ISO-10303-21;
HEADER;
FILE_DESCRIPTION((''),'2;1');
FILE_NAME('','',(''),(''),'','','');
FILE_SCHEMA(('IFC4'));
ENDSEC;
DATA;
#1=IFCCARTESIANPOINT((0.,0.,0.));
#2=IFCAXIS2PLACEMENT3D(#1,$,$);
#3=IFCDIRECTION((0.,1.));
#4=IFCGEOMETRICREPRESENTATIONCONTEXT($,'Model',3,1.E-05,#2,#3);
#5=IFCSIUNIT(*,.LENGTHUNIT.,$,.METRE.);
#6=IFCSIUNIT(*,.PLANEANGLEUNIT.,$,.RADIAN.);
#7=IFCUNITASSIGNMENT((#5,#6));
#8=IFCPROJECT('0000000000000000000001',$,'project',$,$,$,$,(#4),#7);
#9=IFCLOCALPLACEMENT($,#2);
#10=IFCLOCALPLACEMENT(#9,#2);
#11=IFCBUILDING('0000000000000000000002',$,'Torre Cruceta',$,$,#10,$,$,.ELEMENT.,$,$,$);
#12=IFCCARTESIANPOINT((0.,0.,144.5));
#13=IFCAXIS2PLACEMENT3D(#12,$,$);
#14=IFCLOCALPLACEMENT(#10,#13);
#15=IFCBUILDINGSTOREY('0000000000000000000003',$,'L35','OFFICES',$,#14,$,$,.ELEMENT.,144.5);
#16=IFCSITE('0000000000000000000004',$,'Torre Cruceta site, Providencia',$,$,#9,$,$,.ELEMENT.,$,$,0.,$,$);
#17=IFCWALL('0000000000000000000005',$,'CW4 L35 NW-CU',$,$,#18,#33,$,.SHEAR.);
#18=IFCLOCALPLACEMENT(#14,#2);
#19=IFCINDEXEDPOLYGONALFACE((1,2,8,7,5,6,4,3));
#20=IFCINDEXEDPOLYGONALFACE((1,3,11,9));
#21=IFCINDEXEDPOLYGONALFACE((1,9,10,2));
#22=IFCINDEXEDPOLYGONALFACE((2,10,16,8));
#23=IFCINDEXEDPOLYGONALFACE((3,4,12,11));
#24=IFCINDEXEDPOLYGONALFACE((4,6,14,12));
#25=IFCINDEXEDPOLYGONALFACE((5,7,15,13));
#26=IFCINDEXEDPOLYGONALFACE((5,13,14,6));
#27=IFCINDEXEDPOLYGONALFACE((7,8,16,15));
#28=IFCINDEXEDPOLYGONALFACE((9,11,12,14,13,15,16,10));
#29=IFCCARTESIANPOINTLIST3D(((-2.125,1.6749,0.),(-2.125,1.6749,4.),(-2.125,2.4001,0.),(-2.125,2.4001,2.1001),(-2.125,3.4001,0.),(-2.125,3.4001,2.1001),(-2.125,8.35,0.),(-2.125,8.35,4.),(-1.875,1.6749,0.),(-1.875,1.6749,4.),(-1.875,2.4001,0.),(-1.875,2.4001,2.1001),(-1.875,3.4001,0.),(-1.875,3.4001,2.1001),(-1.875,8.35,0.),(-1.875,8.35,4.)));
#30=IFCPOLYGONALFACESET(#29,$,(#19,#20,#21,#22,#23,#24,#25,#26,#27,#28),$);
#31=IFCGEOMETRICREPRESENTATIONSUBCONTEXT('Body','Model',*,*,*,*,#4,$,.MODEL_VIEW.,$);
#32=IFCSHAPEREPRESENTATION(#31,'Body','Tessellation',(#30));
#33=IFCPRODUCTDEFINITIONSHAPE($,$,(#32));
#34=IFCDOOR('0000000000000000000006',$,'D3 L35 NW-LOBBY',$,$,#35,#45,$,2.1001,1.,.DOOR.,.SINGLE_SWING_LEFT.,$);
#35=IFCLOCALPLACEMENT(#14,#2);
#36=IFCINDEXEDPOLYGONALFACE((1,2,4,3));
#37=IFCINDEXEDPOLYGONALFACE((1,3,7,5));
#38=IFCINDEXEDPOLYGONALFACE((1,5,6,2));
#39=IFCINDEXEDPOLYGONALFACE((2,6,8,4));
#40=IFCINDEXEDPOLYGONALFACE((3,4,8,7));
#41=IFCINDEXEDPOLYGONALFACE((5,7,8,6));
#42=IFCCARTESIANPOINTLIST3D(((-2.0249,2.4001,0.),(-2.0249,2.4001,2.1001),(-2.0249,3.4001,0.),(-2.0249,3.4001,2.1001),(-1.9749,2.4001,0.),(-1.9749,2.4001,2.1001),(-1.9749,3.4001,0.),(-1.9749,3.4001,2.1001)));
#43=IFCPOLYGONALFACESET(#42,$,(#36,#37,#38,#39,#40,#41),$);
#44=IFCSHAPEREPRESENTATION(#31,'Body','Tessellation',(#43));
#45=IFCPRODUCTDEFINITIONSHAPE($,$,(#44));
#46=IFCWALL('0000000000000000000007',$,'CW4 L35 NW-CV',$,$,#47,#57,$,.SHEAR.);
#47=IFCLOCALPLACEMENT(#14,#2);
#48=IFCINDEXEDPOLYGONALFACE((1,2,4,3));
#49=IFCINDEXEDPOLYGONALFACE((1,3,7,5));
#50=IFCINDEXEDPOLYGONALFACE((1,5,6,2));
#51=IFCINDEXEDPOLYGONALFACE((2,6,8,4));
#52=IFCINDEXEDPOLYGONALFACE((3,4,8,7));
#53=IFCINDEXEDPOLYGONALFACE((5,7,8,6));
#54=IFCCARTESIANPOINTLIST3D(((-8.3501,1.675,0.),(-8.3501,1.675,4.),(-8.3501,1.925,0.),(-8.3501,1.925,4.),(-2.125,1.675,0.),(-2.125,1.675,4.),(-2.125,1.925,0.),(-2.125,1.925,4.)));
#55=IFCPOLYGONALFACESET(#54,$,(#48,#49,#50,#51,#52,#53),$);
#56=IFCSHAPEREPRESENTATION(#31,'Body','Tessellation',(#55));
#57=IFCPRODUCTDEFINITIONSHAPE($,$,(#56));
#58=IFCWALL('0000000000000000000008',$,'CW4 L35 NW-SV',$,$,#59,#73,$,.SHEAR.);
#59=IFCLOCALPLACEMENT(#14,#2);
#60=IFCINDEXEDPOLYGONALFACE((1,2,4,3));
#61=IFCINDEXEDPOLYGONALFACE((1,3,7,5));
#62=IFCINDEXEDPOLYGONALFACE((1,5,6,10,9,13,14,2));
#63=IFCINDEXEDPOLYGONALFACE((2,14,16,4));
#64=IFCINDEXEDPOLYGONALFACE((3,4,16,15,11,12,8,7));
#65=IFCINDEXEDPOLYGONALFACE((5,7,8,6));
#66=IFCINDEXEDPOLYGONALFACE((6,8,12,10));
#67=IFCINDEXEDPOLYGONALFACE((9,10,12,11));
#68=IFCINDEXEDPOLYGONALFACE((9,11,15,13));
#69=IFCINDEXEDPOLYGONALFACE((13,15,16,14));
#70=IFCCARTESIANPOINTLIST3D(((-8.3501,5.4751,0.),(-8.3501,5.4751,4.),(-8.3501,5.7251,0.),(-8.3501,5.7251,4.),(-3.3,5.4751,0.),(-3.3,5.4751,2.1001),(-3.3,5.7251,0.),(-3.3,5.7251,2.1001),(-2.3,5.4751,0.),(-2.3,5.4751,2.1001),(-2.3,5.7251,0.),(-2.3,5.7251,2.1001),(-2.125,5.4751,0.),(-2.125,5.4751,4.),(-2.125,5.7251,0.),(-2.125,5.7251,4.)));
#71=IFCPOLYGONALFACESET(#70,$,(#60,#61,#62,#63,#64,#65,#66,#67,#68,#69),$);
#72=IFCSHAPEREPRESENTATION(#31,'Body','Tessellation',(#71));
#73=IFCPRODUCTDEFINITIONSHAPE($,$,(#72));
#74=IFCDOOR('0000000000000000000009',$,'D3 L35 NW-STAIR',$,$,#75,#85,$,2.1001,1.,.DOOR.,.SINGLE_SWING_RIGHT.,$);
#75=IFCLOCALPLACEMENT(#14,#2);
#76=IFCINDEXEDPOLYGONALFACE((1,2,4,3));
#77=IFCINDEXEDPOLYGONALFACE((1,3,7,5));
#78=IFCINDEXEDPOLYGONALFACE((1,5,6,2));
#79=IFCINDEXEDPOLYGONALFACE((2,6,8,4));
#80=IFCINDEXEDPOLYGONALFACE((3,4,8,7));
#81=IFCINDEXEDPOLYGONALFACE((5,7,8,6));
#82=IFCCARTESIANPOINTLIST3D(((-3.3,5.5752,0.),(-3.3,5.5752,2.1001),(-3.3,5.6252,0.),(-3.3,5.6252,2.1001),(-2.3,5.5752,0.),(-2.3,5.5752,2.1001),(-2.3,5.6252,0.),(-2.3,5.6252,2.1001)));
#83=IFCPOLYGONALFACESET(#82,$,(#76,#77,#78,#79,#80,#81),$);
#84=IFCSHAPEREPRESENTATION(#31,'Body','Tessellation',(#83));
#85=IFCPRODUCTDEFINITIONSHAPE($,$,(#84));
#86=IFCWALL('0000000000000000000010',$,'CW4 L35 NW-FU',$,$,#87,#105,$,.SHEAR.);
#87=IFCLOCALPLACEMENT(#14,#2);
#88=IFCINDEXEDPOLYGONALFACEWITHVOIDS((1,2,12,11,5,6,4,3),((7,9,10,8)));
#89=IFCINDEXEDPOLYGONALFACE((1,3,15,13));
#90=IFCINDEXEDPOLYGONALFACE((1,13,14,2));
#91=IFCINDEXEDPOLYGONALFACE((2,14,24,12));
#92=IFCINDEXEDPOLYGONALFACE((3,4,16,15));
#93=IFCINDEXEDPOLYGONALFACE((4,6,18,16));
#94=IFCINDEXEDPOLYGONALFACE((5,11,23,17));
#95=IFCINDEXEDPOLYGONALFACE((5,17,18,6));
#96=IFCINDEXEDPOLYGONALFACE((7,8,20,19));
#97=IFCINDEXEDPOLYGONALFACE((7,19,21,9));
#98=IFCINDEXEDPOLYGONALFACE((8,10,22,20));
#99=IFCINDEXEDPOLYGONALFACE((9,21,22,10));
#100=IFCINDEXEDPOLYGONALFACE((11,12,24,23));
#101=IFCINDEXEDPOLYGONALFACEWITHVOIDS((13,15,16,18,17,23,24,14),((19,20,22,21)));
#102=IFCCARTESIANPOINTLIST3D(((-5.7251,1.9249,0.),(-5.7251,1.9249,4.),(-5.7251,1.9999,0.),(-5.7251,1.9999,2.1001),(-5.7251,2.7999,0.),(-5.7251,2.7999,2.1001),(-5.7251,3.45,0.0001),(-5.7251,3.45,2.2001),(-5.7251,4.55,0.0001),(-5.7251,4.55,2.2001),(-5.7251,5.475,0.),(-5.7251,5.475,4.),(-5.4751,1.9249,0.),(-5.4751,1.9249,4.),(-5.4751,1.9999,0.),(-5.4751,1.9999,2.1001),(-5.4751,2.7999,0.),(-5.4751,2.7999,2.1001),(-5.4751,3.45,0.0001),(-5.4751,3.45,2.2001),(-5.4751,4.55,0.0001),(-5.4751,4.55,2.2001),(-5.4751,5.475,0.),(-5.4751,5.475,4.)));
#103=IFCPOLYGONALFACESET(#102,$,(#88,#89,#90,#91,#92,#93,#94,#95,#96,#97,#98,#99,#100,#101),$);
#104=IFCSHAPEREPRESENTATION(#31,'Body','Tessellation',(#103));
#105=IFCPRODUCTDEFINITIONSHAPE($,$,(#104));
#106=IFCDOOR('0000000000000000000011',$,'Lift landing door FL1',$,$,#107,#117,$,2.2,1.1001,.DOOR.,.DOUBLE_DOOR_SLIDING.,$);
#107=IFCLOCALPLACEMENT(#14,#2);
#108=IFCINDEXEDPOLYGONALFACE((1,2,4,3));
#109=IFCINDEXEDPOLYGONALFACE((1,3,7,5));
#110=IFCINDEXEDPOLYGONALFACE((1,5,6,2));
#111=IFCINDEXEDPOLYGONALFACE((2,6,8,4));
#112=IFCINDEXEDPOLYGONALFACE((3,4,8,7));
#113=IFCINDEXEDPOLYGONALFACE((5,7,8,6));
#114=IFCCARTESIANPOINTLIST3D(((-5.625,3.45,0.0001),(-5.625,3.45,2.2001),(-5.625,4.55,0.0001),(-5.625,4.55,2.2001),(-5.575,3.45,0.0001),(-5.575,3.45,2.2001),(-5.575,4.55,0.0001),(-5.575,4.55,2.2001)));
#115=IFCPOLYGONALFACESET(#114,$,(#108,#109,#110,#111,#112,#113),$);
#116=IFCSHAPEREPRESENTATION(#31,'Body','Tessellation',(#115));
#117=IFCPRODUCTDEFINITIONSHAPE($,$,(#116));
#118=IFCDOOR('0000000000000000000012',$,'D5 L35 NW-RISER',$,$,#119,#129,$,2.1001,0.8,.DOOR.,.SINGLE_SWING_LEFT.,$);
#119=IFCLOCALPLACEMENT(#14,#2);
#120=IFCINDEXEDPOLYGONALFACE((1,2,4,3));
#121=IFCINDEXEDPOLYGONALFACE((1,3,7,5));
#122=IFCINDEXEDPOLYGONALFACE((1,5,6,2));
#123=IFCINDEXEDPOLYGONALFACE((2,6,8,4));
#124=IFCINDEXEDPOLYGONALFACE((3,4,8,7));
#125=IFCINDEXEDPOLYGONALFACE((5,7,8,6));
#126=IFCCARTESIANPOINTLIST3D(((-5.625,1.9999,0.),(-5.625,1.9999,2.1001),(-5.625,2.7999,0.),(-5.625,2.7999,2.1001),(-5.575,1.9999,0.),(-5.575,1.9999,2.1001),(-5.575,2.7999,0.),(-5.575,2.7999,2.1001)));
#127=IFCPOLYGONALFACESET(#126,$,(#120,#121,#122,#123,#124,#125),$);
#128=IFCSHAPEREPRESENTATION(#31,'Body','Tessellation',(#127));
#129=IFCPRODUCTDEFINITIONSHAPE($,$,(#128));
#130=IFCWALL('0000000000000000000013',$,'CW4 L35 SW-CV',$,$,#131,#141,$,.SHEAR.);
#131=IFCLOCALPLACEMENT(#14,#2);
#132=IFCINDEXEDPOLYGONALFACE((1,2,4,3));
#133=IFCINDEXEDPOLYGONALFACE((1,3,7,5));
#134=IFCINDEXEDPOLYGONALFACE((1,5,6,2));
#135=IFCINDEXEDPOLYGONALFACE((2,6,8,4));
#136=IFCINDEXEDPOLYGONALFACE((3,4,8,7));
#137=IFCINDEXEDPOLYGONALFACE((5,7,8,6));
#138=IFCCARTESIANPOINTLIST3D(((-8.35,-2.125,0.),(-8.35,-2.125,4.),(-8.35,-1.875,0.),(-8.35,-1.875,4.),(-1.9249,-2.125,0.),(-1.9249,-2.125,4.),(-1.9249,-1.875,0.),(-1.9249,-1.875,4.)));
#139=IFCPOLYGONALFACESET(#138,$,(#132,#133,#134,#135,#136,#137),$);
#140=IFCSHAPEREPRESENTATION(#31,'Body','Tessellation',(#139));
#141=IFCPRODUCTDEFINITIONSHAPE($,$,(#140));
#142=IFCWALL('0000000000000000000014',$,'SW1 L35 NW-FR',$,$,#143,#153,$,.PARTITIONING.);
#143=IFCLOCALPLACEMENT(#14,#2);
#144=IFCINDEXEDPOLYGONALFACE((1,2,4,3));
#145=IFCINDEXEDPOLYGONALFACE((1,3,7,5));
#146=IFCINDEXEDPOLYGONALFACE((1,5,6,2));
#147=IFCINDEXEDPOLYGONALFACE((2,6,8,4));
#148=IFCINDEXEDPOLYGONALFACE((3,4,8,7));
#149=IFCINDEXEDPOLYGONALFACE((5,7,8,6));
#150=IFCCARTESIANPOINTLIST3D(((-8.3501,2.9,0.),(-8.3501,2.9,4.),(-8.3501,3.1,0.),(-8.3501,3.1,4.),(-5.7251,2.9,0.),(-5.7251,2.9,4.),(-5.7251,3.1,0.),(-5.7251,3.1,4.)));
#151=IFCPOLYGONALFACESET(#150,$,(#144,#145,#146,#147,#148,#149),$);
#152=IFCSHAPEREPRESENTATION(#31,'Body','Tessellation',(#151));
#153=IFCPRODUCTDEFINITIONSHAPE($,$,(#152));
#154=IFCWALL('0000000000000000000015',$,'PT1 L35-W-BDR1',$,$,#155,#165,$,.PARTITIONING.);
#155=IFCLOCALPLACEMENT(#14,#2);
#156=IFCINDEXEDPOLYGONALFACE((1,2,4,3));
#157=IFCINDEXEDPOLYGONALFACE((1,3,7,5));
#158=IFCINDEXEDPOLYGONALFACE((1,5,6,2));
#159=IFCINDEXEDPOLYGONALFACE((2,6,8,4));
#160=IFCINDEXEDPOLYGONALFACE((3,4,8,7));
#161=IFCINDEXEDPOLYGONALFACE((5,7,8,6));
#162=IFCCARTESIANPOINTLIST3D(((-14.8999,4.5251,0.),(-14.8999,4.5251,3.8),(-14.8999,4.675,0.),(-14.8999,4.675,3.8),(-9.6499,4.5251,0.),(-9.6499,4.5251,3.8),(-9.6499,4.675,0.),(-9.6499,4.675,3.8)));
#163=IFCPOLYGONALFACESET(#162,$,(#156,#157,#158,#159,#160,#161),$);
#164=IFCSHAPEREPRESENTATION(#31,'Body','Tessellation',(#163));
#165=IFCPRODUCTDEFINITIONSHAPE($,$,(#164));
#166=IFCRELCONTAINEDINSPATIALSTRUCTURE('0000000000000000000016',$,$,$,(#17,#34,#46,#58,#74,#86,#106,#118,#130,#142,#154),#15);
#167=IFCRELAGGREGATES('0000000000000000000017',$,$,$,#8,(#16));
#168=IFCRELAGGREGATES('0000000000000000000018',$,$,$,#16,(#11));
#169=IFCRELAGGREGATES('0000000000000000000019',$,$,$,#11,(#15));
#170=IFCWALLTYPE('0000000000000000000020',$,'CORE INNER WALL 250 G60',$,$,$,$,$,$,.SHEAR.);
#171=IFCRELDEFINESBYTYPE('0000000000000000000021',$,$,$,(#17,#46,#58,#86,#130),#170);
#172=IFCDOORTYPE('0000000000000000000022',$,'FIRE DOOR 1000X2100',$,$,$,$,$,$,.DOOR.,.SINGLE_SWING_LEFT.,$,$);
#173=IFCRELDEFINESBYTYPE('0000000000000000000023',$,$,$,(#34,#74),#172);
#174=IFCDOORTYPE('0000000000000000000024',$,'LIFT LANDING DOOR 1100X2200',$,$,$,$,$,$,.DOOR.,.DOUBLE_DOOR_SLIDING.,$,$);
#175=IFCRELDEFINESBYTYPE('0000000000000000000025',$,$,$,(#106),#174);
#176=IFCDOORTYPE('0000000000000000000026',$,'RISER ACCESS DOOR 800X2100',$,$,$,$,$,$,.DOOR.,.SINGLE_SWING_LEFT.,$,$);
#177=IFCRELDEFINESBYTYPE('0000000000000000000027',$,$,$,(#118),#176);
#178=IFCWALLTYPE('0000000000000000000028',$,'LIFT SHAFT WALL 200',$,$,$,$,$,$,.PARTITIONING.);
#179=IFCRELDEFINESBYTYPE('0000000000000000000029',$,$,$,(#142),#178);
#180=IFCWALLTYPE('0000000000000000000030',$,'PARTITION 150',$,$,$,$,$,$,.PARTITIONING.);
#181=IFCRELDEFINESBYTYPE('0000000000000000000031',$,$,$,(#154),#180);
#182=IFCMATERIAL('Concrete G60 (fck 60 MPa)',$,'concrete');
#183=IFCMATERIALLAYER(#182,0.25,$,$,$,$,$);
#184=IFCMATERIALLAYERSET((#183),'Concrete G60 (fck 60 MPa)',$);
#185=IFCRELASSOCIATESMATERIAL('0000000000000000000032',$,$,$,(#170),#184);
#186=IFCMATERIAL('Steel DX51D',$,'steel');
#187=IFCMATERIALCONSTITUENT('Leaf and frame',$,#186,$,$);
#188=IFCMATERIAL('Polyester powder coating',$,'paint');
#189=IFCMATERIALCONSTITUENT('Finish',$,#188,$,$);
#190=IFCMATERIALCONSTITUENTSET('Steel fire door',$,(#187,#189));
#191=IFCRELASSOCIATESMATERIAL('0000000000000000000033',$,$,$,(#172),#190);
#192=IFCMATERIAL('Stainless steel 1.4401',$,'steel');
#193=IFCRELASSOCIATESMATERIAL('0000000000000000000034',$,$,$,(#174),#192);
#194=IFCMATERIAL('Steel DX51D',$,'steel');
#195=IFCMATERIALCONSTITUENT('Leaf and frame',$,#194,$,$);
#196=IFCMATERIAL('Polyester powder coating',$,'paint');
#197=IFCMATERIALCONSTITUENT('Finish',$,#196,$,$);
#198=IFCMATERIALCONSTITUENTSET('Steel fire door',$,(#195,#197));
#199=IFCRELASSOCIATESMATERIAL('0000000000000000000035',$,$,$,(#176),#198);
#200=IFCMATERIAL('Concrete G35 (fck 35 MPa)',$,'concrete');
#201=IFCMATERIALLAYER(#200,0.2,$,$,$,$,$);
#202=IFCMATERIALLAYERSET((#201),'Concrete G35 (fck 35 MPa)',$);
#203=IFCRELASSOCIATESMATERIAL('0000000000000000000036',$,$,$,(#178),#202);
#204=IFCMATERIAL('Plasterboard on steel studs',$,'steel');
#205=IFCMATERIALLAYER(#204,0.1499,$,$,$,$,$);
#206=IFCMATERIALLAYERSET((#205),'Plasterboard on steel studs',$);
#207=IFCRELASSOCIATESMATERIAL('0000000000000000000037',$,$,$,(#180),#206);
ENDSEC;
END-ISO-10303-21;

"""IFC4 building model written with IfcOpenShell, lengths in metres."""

from ifc_helpers import new_model, si_unit, direction, frame, frame_2d, origin, place, context, subcontext, project, spatial, rectangle, extrude, material, layer, layer_set, constituent, constituent_set, type_object, element, fill, save


model = new_model("IFC4")

# Units and contexts
model_context = context("Model", 3, precision=1e-05, world=origin(), true_north=direction((0.0, 1.0)))
body_context = subcontext(model_context, "Body", "Model", "MODEL_VIEW")
ifc_project = project(units=[si_unit("LENGTHUNIT", "METRE"), si_unit("PLANEANGLEUNIT", "RADIAN")], contexts=[model_context])

# Site, building, storey
site_placement = place(None, origin())
site = spatial("IfcSite", under=ifc_project, at=site_placement, Name="Torre Cruceta site, Providencia", CompositionType="ELEMENT", RefElevation=0.0)
building_placement = place(site_placement, origin())
building = spatial("IfcBuilding", under=site, at=building_placement, Name="Torre Cruceta", CompositionType="ELEMENT")
storey_placement = place(building_placement, frame((0.0, 0.0, 144.5)))
storey = spatial("IfcBuildingStorey", under=building, at=storey_placement, Name="L35", Description="OFFICES", CompositionType="ELEMENT", Elevation=144.5)

# Wall, opening, door
ifc_material_1 = material(Name="Concrete G60 (fck 60 MPa)", Category="concrete")
ifc_layer_1 = layer(ifc_material_1, 0.25)
ifc_layer_set_1 = layer_set([ifc_layer_1], Name="Concrete G60 (fck 60 MPa)")
wall_type_1 = type_object("IfcWallType", Name="CORE INNER WALL 250 G60", PredefinedType="SHEAR", material=ifc_layer_set_1)
wall_1_placement = place(storey_placement, frame((-2.0, 1.675, 0.0), z_axis=(0.0, 0.0, 1.0), x_axis=(0.0, 1.0, 0.0)))
wall_1 = element("IfcWall", 1, at=wall_1_placement, inside=storey, type_object=wall_type_1, Name="CW4 L35 NW-CU", PredefinedType="SHEAR", context=body_context, shape_type="SweptSolid", body=[
    extrude(rectangle(XDim=6.675, YDim=0.25, at=frame_2d((3.3374, 0.0))), origin(), (0.0, 0.0, 1.0), 4.0),
])
opening_1_placement = place(wall_1_placement, frame((0.7251, 0.0, 0.0)))
opening_1 = element("IfcOpeningElement", 2, at=opening_1_placement, cuts=wall_1, PredefinedType="OPENING", context=body_context, shape_type="SweptSolid", body=[
    extrude(rectangle(XDim=1.0, YDim=2.1001, at=frame_2d((0.5, 1.05))), frame((0.0, 0.135, 0.0), z_axis=(0.0, -1.0, 0.0), x_axis=(1.0, 0.0, 0.0)), (0.0, 0.0, 1.0), 0.27),
])
ifc_material_2 = material(Name="Steel DX51D", Category="steel")
ifc_constituent_1 = constituent(ifc_material_2, Name="Leaf and frame")
ifc_material_3 = material(Name="Polyester powder coating", Category="paint")
ifc_constituent_2 = constituent(ifc_material_3, Name="Finish")
ifc_constituent_set_1 = constituent_set(constituents=[ifc_constituent_1, ifc_constituent_2], Name="Steel fire door")
door_type_1 = type_object("IfcDoorType", Name="FIRE DOOR 1000X2100", OperationType="SINGLE_SWING_LEFT", PredefinedType="DOOR", material=ifc_constituent_set_1)
door_1_placement = place(opening_1_placement, origin())
door_1 = element("IfcDoor", 3, at=door_1_placement, inside=storey, type_object=door_type_1, Name="D3 L35 NW-LOBBY", OperationType="SINGLE_SWING_LEFT", OverallHeight=2.1001, OverallWidth=1.0, PredefinedType="DOOR", context=body_context, shape_type="SweptSolid", body=[
    extrude(rectangle(XDim=1.0, YDim=2.1001, at=frame_2d((0.5, 1.05))), frame((0.0, 0.0249, 0.0), z_axis=(0.0, -1.0, 0.0), x_axis=(1.0, 0.0, 0.0)), (0.0, 0.0, 1.0), 0.05),
])
fill(opening_1, door_1)

# Wall
wall_2_placement = place(storey_placement, frame((-2.125, 1.8, 0.0), z_axis=(0.0, 0.0, 1.0), x_axis=(-1.0, 0.0, 0.0)))
element("IfcWall", 4, at=wall_2_placement, inside=storey, type_object=wall_type_1, Name="CW4 L35 NW-CV", PredefinedType="SHEAR", context=body_context, shape_type="SweptSolid", body=[
    extrude(rectangle(XDim=6.2251, YDim=0.25, at=frame_2d((3.1125, 0.0))), origin(), (0.0, 0.0, 1.0), 4.0),
])

# Wall, opening, door
wall_3_placement = place(storey_placement, frame((-2.125, 5.6001, 0.0), z_axis=(0.0, 0.0, 1.0), x_axis=(-1.0, 0.0, 0.0)))
wall_3 = element("IfcWall", 5, at=wall_3_placement, inside=storey, type_object=wall_type_1, Name="CW4 L35 NW-SV", PredefinedType="SHEAR", context=body_context, shape_type="SweptSolid", body=[
    extrude(rectangle(XDim=6.2251, YDim=0.25, at=frame_2d((3.1125, 0.0))), origin(), (0.0, 0.0, 1.0), 4.0),
])
opening_2_placement = place(wall_3_placement, frame((0.175, 0.0, 0.0)))
opening_2 = element("IfcOpeningElement", 6, at=opening_2_placement, cuts=wall_3, PredefinedType="OPENING", context=body_context, shape_type="SweptSolid", body=[
    extrude(rectangle(XDim=1.0, YDim=2.1001, at=frame_2d((0.5, 1.05))), frame((0.0, 0.135, 0.0), z_axis=(0.0, -1.0, 0.0), x_axis=(1.0, 0.0, 0.0)), (0.0, 0.0, 1.0), 0.27),
])
door_2_placement = place(opening_2_placement, frame((1.0, 0.0, 0.0), z_axis=(0.0, 0.0, 1.0), x_axis=(-1.0, 0.0, 0.0)))
door_2 = element("IfcDoor", 7, at=door_2_placement, inside=storey, type_object=door_type_1, Name="D3 L35 NW-STAIR", OperationType="SINGLE_SWING_RIGHT", OverallHeight=2.1001, OverallWidth=1.0, PredefinedType="DOOR", context=body_context, shape_type="SweptSolid", body=[
    extrude(rectangle(XDim=1.0, YDim=2.1001, at=frame_2d((0.5, 1.05))), frame((0.0, 0.0251, 0.0), z_axis=(0.0, -1.0, 0.0), x_axis=(1.0, 0.0, 0.0)), (0.0, 0.0, 1.0), 0.05),
])
fill(opening_2, door_2)

# Wall, openings, doors
wall_4_placement = place(storey_placement, frame((-5.6001, 1.925, 0.0), z_axis=(0.0, 0.0, 1.0), x_axis=(0.0, 1.0, 0.0)))
wall_4 = element("IfcWall", 8, at=wall_4_placement, inside=storey, type_object=wall_type_1, Name="CW4 L35 NW-FU", PredefinedType="SHEAR", context=body_context, shape_type="SweptSolid", body=[
    extrude(rectangle(XDim=3.55, YDim=0.25, at=frame_2d((1.7749, 0.0))), origin(), (0.0, 0.0, 1.0), 4.0),
])
opening_3_placement = place(wall_4_placement, frame((1.5249, 0.0, 0.0)))
opening_3 = element("IfcOpeningElement", 9, at=opening_3_placement, cuts=wall_4, PredefinedType="OPENING", context=body_context, shape_type="SweptSolid", body=[
    extrude(rectangle(XDim=1.1001, YDim=2.2, at=frame_2d((0.55, 1.1001))), frame((0.0, 0.135, 0.0), z_axis=(0.0, -1.0, 0.0), x_axis=(1.0, 0.0, 0.0)), (0.0, 0.0, 1.0), 0.27),
])
opening_4_placement = place(wall_4_placement, frame((0.075, 0.0, 0.0)))
opening_4 = element("IfcOpeningElement", 10, at=opening_4_placement, cuts=wall_4, PredefinedType="OPENING", context=body_context, shape_type="SweptSolid", body=[
    extrude(rectangle(XDim=0.8, YDim=2.1001, at=frame_2d((0.3999, 1.05))), frame((0.0, 0.135, 0.0), z_axis=(0.0, -1.0, 0.0), x_axis=(1.0, 0.0, 0.0)), (0.0, 0.0, 1.0), 0.27),
])
ifc_material_4 = material(Name="Stainless steel 1.4401", Category="steel")
door_type_2 = type_object("IfcDoorType", Name="LIFT LANDING DOOR 1100X2200", OperationType="DOUBLE_DOOR_SLIDING", PredefinedType="DOOR", material=ifc_material_4)
door_3_placement = place(opening_3_placement, origin())
door_3 = element("IfcDoor", 11, at=door_3_placement, inside=storey, type_object=door_type_2, Name="Lift landing door FL1", OperationType="DOUBLE_DOOR_SLIDING", OverallHeight=2.2, OverallWidth=1.1001, PredefinedType="DOOR", context=body_context, shape_type="SweptSolid", body=[
    extrude(rectangle(XDim=1.1001, YDim=2.2, at=frame_2d((0.55, 1.1001))), frame((0.0, 0.0249, 0.0), z_axis=(0.0, -1.0, 0.0), x_axis=(1.0, 0.0, 0.0)), (0.0, 0.0, 1.0), 0.05),
])
fill(opening_3, door_3)
ifc_material_5 = material(Name="Steel DX51D", Category="steel")
ifc_constituent_3 = constituent(ifc_material_5, Name="Leaf and frame")
ifc_material_6 = material(Name="Polyester powder coating", Category="paint")
ifc_constituent_4 = constituent(ifc_material_6, Name="Finish")
ifc_constituent_set_2 = constituent_set(constituents=[ifc_constituent_3, ifc_constituent_4], Name="Steel fire door")
door_type_3 = type_object("IfcDoorType", Name="RISER ACCESS DOOR 800X2100", OperationType="SINGLE_SWING_LEFT", PredefinedType="DOOR", material=ifc_constituent_set_2)
door_4_placement = place(opening_4_placement, origin())
door_4 = element("IfcDoor", 12, at=door_4_placement, inside=storey, type_object=door_type_3, Name="D5 L35 NW-RISER", OperationType="SINGLE_SWING_LEFT", OverallHeight=2.1001, OverallWidth=0.8, PredefinedType="DOOR", context=body_context, shape_type="SweptSolid", body=[
    extrude(rectangle(XDim=0.8, YDim=2.1001, at=frame_2d((0.3999, 1.05))), frame((0.0, 0.0249, 0.0), z_axis=(0.0, -1.0, 0.0), x_axis=(1.0, 0.0, 0.0)), (0.0, 0.0, 1.0), 0.05),
])
fill(opening_4, door_4)

# Walls
wall_5_placement = place(storey_placement, frame((-1.925, -2.0, 0.0), z_axis=(0.0, 0.0, 1.0), x_axis=(-1.0, 0.0, 0.0)))
element("IfcWall", 13, at=wall_5_placement, inside=storey, type_object=wall_type_1, Name="CW4 L35 SW-CV", PredefinedType="SHEAR", context=body_context, shape_type="SweptSolid", body=[
    extrude(rectangle(XDim=6.425, YDim=0.25, at=frame_2d((3.2124, 0.0))), origin(), (0.0, 0.0, 1.0), 4.0),
])
ifc_material_7 = material(Name="Concrete G35 (fck 35 MPa)", Category="concrete")
ifc_layer_2 = layer(ifc_material_7, 0.2)
ifc_layer_set_2 = layer_set([ifc_layer_2], Name="Concrete G35 (fck 35 MPa)")
wall_type_2 = type_object("IfcWallType", Name="LIFT SHAFT WALL 200", PredefinedType="PARTITIONING", material=ifc_layer_set_2)
wall_6_placement = place(storey_placement, frame((-5.7251, 3.0, 0.0), z_axis=(0.0, 0.0, 1.0), x_axis=(-1.0, 0.0, 0.0)))
element("IfcWall", 14, at=wall_6_placement, inside=storey, type_object=wall_type_2, Name="SW1 L35 NW-FR", PredefinedType="PARTITIONING", context=body_context, shape_type="SweptSolid", body=[
    extrude(rectangle(XDim=2.625, YDim=0.2, at=frame_2d((1.3125, 0.0))), origin(), (0.0, 0.0, 1.0), 4.0),
])
ifc_material_8 = material(Name="Plasterboard on steel studs", Category="steel")
ifc_layer_3 = layer(ifc_material_8, 0.1499)
ifc_layer_set_3 = layer_set([ifc_layer_3], Name="Plasterboard on steel studs")
wall_type_3 = type_object("IfcWallType", Name="PARTITION 150", PredefinedType="PARTITIONING", material=ifc_layer_set_3)
wall_7_placement = place(storey_placement, frame((-9.6499, 4.6001, 0.0), z_axis=(0.0, 0.0, 1.0), x_axis=(-1.0, 0.0, 0.0)))
element("IfcWall", 15, at=wall_7_placement, inside=storey, type_object=wall_type_3, Name="PT1 L35-W-BDR1", PredefinedType="PARTITIONING", context=body_context, shape_type="SweptSolid", body=[
    extrude(rectangle(XDim=5.25, YDim=0.1499, at=frame_2d((2.625, 0.0))), origin(), (0.0, 0.0, 1.0), 3.8),
])

save(model, "model.ifc")
